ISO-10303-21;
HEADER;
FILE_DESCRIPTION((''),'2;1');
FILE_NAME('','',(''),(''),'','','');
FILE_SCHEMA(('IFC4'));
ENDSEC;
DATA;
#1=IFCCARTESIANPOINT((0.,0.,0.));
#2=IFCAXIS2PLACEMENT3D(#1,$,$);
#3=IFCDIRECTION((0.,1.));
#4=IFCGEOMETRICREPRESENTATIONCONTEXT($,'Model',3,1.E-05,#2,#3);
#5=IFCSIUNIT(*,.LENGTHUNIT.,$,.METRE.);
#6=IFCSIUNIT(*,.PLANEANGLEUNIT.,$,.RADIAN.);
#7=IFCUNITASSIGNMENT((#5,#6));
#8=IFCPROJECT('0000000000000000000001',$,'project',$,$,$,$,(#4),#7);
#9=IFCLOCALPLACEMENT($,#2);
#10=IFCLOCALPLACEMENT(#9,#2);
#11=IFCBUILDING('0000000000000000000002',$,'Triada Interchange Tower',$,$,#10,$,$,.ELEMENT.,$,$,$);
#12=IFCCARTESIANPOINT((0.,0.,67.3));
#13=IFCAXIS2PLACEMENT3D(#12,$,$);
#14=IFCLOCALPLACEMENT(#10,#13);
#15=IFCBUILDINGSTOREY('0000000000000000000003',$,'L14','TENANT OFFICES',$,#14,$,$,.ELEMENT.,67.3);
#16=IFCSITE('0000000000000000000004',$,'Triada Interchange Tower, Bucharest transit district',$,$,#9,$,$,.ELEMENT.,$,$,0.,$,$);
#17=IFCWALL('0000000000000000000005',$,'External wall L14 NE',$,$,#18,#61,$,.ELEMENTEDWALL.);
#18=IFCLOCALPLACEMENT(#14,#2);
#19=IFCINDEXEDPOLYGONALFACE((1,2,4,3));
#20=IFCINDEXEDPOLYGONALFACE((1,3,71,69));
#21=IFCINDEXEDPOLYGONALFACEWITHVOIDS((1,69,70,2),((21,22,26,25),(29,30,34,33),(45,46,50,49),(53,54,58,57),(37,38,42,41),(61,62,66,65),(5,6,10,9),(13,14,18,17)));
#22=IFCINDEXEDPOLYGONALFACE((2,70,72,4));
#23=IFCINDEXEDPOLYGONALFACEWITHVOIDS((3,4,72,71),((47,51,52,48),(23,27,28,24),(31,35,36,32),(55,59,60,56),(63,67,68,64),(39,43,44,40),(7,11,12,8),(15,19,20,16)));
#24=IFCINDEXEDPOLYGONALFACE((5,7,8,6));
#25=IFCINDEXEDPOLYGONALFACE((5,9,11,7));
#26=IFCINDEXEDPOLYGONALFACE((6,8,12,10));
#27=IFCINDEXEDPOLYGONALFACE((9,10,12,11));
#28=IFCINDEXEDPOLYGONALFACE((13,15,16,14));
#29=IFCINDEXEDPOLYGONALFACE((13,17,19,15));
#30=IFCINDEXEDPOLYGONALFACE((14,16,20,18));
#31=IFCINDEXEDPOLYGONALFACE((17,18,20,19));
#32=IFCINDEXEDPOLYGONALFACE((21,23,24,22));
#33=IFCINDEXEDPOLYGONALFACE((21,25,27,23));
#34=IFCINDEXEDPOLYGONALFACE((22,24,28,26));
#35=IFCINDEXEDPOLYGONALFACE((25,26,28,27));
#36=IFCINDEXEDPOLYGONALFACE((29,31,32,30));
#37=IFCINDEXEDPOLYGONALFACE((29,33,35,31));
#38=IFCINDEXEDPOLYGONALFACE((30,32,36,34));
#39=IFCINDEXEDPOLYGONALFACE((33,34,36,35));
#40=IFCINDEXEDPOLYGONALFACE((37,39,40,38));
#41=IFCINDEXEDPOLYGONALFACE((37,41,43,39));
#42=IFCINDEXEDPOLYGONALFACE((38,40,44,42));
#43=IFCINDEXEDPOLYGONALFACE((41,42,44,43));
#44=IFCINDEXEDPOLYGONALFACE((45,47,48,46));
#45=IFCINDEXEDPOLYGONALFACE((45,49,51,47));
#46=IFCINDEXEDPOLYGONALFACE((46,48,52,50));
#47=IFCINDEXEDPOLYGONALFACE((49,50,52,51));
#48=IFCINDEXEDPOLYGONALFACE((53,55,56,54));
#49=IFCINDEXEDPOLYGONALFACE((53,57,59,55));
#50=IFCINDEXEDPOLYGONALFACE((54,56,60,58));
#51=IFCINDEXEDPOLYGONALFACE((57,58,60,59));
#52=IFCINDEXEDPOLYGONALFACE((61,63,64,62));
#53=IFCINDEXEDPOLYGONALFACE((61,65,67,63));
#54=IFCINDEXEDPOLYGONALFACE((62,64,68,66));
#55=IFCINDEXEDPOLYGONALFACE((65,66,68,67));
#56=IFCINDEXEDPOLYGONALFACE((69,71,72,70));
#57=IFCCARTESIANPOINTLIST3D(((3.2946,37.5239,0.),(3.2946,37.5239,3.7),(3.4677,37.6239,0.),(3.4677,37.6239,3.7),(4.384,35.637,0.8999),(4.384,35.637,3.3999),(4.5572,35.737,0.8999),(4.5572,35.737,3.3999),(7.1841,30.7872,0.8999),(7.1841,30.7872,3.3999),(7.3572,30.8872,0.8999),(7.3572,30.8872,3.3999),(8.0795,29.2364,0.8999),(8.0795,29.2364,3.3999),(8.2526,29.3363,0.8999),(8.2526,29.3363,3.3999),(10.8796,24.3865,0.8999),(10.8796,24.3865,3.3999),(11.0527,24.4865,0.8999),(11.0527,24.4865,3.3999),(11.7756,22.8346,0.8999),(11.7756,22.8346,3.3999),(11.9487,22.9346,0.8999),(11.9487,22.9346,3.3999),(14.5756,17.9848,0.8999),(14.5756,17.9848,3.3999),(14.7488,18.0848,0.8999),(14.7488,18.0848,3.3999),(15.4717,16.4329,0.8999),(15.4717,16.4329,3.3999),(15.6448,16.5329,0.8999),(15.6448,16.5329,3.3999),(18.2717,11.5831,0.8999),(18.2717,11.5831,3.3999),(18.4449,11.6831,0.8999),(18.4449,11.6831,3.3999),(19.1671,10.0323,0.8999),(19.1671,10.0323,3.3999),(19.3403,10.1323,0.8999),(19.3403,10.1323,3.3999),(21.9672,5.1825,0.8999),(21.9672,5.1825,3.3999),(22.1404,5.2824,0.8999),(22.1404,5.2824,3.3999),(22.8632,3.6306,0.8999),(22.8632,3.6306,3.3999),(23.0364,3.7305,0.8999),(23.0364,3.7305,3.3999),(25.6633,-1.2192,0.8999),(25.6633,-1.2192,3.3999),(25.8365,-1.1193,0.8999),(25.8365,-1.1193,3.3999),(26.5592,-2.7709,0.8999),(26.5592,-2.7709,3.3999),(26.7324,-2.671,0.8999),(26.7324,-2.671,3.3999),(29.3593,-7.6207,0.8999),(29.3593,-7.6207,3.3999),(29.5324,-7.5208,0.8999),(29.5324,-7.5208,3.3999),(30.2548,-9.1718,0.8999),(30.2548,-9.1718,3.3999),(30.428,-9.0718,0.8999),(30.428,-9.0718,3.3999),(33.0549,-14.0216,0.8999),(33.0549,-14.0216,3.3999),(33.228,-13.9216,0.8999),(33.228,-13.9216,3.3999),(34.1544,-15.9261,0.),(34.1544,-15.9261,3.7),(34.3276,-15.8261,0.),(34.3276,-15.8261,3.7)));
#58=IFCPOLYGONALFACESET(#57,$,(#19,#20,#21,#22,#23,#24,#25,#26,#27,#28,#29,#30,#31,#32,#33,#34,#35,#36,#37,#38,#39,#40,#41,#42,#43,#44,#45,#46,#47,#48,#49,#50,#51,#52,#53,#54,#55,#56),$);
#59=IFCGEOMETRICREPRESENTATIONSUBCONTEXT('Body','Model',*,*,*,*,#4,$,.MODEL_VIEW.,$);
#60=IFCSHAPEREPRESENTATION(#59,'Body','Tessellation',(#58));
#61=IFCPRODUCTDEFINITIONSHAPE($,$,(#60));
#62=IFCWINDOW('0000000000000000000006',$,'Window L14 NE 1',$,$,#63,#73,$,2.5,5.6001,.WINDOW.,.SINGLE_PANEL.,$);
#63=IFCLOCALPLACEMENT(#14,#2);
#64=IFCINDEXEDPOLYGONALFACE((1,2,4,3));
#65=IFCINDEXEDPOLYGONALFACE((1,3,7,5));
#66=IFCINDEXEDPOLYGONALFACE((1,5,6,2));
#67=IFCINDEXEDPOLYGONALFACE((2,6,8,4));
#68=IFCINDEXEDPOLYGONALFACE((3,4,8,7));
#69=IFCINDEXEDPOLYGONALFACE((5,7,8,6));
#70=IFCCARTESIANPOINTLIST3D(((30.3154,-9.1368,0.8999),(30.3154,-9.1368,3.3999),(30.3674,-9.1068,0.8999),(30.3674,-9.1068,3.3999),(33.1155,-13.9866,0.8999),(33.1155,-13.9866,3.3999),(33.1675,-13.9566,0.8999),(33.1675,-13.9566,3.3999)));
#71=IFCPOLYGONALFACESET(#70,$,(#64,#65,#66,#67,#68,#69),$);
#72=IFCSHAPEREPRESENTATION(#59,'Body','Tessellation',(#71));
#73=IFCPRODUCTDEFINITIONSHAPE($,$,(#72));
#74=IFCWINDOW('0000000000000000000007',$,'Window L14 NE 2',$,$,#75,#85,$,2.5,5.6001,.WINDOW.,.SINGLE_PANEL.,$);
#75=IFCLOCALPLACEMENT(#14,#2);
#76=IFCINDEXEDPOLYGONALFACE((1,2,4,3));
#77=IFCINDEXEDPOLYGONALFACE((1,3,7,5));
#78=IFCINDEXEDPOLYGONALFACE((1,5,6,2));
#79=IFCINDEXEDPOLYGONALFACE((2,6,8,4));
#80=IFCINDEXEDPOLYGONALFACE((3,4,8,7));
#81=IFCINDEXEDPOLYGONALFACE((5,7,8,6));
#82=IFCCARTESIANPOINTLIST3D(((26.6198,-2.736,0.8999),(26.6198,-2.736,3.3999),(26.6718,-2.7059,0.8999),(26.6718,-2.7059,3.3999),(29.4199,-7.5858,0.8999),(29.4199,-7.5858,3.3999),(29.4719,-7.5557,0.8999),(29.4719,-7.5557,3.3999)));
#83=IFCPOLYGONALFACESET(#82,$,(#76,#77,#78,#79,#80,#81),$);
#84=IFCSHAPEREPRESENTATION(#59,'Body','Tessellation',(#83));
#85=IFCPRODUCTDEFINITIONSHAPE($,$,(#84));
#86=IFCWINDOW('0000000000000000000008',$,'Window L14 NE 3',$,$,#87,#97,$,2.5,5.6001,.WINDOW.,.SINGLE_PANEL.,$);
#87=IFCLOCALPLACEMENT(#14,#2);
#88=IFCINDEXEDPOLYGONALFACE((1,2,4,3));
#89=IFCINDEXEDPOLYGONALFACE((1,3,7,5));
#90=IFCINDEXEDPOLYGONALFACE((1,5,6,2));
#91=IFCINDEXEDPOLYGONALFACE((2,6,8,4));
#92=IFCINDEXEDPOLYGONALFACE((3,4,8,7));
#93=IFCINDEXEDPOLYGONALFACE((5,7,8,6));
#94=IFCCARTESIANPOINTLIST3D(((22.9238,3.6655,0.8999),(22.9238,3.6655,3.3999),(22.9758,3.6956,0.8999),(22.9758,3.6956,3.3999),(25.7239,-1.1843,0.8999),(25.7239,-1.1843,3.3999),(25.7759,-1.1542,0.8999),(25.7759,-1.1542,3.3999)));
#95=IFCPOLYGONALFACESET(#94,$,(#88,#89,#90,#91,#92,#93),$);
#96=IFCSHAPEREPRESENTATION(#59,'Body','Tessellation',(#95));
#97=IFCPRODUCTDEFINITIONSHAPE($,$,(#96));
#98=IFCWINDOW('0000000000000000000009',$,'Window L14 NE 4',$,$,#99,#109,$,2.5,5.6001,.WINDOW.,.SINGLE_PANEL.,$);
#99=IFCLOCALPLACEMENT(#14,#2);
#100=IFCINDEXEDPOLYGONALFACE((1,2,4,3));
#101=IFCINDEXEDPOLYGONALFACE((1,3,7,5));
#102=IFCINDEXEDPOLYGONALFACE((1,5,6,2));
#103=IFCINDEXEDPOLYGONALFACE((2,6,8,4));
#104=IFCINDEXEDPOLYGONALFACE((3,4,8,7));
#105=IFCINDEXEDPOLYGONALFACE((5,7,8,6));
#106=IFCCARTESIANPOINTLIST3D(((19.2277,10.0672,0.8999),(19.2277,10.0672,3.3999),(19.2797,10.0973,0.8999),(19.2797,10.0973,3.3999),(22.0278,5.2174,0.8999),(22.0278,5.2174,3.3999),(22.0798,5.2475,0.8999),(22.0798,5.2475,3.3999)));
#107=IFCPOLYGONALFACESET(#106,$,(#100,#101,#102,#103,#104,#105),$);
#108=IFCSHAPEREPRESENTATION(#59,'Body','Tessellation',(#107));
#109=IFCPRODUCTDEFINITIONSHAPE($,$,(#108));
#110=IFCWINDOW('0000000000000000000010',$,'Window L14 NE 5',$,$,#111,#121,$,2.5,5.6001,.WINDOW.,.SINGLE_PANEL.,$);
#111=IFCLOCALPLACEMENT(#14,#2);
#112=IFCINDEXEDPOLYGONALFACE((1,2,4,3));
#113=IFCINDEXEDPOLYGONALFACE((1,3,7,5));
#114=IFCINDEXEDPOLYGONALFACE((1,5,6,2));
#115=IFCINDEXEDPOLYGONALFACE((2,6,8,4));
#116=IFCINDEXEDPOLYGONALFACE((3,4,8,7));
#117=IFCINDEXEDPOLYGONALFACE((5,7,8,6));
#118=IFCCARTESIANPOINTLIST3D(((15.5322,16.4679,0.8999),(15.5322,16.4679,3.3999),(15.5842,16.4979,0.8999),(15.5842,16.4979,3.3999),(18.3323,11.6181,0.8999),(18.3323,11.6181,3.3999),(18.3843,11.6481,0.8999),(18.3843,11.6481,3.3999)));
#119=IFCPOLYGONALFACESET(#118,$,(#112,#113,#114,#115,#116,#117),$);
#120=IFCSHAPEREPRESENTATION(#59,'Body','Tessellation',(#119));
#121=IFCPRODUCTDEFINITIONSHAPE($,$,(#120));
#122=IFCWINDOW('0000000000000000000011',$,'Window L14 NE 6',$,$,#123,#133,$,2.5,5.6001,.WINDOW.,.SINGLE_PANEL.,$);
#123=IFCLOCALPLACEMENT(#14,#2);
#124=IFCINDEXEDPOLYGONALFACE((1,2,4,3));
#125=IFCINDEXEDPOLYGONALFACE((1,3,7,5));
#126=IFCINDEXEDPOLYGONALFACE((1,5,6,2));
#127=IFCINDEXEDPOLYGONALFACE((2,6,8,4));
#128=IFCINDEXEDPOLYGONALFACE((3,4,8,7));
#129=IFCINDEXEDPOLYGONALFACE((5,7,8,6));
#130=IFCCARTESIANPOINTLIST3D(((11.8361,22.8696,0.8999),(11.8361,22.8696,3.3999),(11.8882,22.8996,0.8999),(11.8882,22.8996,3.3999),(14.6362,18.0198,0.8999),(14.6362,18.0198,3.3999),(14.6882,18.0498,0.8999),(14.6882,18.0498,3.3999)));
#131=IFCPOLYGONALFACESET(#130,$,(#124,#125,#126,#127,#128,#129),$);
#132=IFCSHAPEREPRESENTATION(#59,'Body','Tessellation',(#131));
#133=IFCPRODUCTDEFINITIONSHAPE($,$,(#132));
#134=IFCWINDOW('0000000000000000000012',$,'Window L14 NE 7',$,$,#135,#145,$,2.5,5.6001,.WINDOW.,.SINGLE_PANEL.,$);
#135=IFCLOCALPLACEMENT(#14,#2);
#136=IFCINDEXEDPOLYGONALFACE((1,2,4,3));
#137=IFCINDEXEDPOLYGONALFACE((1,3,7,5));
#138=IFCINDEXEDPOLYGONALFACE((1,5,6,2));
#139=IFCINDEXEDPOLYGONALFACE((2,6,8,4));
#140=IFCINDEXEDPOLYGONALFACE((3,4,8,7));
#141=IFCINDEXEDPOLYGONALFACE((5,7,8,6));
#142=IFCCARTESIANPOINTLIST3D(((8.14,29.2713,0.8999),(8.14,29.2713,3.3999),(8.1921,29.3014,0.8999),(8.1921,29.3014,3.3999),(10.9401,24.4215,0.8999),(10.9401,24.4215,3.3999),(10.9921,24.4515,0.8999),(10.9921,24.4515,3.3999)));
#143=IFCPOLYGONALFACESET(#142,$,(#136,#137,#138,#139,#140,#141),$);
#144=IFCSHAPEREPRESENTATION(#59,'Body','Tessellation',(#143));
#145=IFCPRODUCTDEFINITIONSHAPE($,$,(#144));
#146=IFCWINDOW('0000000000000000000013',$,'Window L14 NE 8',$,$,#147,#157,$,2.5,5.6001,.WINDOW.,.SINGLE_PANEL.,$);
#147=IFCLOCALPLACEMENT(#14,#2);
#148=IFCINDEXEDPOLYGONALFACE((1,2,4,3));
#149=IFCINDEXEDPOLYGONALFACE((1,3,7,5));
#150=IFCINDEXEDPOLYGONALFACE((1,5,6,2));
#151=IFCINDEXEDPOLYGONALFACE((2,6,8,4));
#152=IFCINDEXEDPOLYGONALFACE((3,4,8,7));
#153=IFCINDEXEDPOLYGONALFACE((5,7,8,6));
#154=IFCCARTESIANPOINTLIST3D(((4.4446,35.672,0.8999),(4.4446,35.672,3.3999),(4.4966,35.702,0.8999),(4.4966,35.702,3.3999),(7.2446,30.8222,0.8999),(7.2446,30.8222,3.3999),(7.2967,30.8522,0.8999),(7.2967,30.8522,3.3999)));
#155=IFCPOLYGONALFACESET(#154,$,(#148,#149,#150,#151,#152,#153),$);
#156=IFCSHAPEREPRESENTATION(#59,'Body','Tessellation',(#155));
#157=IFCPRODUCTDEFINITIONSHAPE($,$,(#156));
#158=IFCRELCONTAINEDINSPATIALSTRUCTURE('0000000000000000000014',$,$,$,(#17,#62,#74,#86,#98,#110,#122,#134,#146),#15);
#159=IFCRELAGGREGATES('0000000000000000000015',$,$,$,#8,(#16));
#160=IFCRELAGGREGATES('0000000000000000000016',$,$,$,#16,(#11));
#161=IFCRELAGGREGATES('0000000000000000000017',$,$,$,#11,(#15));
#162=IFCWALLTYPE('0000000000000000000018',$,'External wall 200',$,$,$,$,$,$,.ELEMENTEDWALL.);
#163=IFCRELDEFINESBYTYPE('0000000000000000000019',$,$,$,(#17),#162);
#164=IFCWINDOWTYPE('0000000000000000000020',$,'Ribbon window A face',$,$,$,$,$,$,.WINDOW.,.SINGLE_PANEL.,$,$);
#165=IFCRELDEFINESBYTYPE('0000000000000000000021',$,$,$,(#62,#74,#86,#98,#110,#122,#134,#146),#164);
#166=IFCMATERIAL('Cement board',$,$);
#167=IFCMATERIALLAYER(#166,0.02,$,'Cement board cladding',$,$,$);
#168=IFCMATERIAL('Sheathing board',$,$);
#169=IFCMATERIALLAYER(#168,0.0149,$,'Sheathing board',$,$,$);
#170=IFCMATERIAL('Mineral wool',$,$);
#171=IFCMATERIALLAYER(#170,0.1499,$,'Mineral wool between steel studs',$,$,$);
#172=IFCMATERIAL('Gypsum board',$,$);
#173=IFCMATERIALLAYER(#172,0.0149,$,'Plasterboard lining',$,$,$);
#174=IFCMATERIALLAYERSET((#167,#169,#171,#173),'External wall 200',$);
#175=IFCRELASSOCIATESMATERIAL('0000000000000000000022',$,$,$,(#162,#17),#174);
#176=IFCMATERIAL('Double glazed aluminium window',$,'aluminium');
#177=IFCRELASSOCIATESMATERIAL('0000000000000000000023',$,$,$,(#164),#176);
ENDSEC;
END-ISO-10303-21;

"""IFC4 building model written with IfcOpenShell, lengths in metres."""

from ifc_helpers import new_model, si_unit, direction, frame, frame_2d, origin, place, context, subcontext, project, spatial, rectangle, extrude, material, layer, layer_set, layer_usage, type_object, element, fill, save


model = new_model("IFC4")

# Units and contexts
model_context = context("Model", 3, precision=1e-05, world=origin(), true_north=direction((0.0, 1.0)))
body_context = subcontext(model_context, "Body", "Model", "MODEL_VIEW")
ifc_project = project(units=[si_unit("LENGTHUNIT", "METRE"), si_unit("PLANEANGLEUNIT", "RADIAN")], contexts=[model_context])

# Site, building, storey
site_placement = place(None, origin())
site = spatial("IfcSite", under=ifc_project, at=site_placement, Name="Triada Interchange Tower, Bucharest transit district", CompositionType="ELEMENT", RefElevation=0.0)
building_placement = place(site_placement, origin())
building = spatial("IfcBuilding", under=site, at=building_placement, Name="Triada Interchange Tower", CompositionType="ELEMENT")
storey_placement = place(building_placement, frame((0.0, 0.0, 67.3)))
storey = spatial("IfcBuildingStorey", under=building, at=storey_placement, Name="L14", Description="TENANT OFFICES", CompositionType="ELEMENT", Elevation=67.3)

# Shared definitions
ifc_material_1 = material(Name="Cement board")
ifc_layer_1 = layer(ifc_material_1, 0.02, Name="Cement board cladding")
ifc_material_2 = material(Name="Sheathing board")
ifc_layer_2 = layer(ifc_material_2, 0.0149, Name="Sheathing board")
ifc_material_3 = material(Name="Mineral wool")
ifc_layer_3 = layer(ifc_material_3, 0.1499, Name="Mineral wool between steel studs")
ifc_material_4 = material(Name="Gypsum board")
ifc_layer_4 = layer(ifc_material_4, 0.0149, Name="Plasterboard lining")
ifc_layer_set_1 = layer_set([ifc_layer_1, ifc_layer_2, ifc_layer_3, ifc_layer_4], Name="External wall 200")
ifc_layer_usage = layer_usage(ifc_layer_set_1, "AXIS2", "POSITIVE", -0.1001)
wall_type = type_object("IfcWallType", Name="External wall 200", PredefinedType="ELEMENTEDWALL", material=ifc_layer_set_1)
ifc_material_5 = material(Name="Double glazed aluminium window", Category="aluminium")

# Wall, openings, windows
wall_1_placement = place(storey_placement, frame((34.241, -15.876, 0.0), z_axis=(0.0, 0.0, 1.0), x_axis=(-0.500006, 0.866022, 0.0)))
wall_1 = element("IfcWall", 1, at=wall_1_placement, inside=storey, type_object=wall_type, material=ifc_layer_usage, Name="External wall L14 NE", PredefinedType="ELEMENTEDWALL", context=body_context, shape_type="SweptSolid", body=[
    extrude(rectangle(XDim=61.719, YDim=0.2, at=frame_2d((30.8594, 0.0))), origin(), (0.0, 0.0, 1.0), 3.7),
])
opening_1_placement = place(wall_1_placement, frame((2.199, 0.0, 0.8999)))
opening_1 = element("IfcOpeningElement", 2, at=opening_1_placement, cuts=wall_1, PredefinedType="OPENING", context=body_context, shape_type="SweptSolid", body=[
    extrude(rectangle(XDim=5.6001, YDim=2.5, at=frame_2d((2.8, 1.25))), frame((0.0, 0.1099, 0.0), z_axis=(0.0, -1.0, 0.0), x_axis=(1.0, 0.0, 0.0)), (0.0, 0.0, 1.0), 0.22),
])
opening_2_placement = place(wall_1_placement, frame((9.5901, 0.0, 0.8999)))
opening_2 = element("IfcOpeningElement", 3, at=opening_2_placement, cuts=wall_1, PredefinedType="OPENING", context=body_context, shape_type="SweptSolid", body=[
    extrude(rectangle(XDim=5.6001, YDim=2.5, at=frame_2d((2.8, 1.25))), frame((0.0, 0.1099, 0.0), z_axis=(0.0, -1.0, 0.0), x_axis=(1.0, 0.0, 0.0)), (0.0, 0.0, 1.0), 0.22),
])
opening_3_placement = place(wall_1_placement, frame((16.9819, 0.0, 0.8999)))
opening_3 = element("IfcOpeningElement", 4, at=opening_3_placement, cuts=wall_1, PredefinedType="OPENING", context=body_context, shape_type="SweptSolid", body=[
    extrude(rectangle(XDim=5.6001, YDim=2.5, at=frame_2d((2.8, 1.25))), frame((0.0, 0.1099, 0.0), z_axis=(0.0, -1.0, 0.0), x_axis=(1.0, 0.0, 0.0)), (0.0, 0.0, 1.0), 0.22),
])
opening_4_placement = place(wall_1_placement, frame((24.374, 0.0, 0.8999)))
opening_4 = element("IfcOpeningElement", 5, at=opening_4_placement, cuts=wall_1, PredefinedType="OPENING", context=body_context, shape_type="SweptSolid", body=[
    extrude(rectangle(XDim=5.6001, YDim=2.5, at=frame_2d((2.8, 1.25))), frame((0.0, 0.1099, 0.0), z_axis=(0.0, -1.0, 0.0), x_axis=(1.0, 0.0, 0.0)), (0.0, 0.0, 1.0), 0.22),
])
opening_5_placement = place(wall_1_placement, frame((31.7649, 0.0, 0.8999)))
opening_5 = element("IfcOpeningElement", 6, at=opening_5_placement, cuts=wall_1, PredefinedType="OPENING", context=body_context, shape_type="SweptSolid", body=[
    extrude(rectangle(XDim=5.6001, YDim=2.5, at=frame_2d((2.8, 1.25))), frame((0.0, 0.1099, 0.0), z_axis=(0.0, -1.0, 0.0), x_axis=(1.0, 0.0, 0.0)), (0.0, 0.0, 1.0), 0.22),
])
opening_6_placement = place(wall_1_placement, frame((39.157, 0.0, 0.8999)))
opening_6 = element("IfcOpeningElement", 7, at=opening_6_placement, cuts=wall_1, PredefinedType="OPENING", context=body_context, shape_type="SweptSolid", body=[
    extrude(rectangle(XDim=5.6001, YDim=2.5, at=frame_2d((2.8, 1.25))), frame((0.0, 0.1099, 0.0), z_axis=(0.0, -1.0, 0.0), x_axis=(1.0, 0.0, 0.0)), (0.0, 0.0, 1.0), 0.22),
])
opening_7_placement = place(wall_1_placement, frame((46.5491, 0.0, 0.8999)))
opening_7 = element("IfcOpeningElement", 8, at=opening_7_placement, cuts=wall_1, PredefinedType="OPENING", context=body_context, shape_type="SweptSolid", body=[
    extrude(rectangle(XDim=5.6001, YDim=2.5, at=frame_2d((2.8, 1.25))), frame((0.0, 0.1099, 0.0), z_axis=(0.0, -1.0, 0.0), x_axis=(1.0, 0.0, 0.0)), (0.0, 0.0, 1.0), 0.22),
])
opening_8_placement = place(wall_1_placement, frame((53.9399, 0.0, 0.8999)))
opening_8 = element("IfcOpeningElement", 9, at=opening_8_placement, cuts=wall_1, PredefinedType="OPENING", context=body_context, shape_type="SweptSolid", body=[
    extrude(rectangle(XDim=5.6001, YDim=2.5, at=frame_2d((2.8, 1.25))), frame((0.0, 0.1099, 0.0), z_axis=(0.0, -1.0, 0.0), x_axis=(1.0, 0.0, 0.0)), (0.0, 0.0, 1.0), 0.22),
])
window_type_1 = type_object("IfcWindowType", Name="Ribbon window A face", PartitioningType="SINGLE_PANEL", PredefinedType="WINDOW", material=ifc_material_5)
window_1_placement = place(opening_1_placement, origin())
window_1 = element("IfcWindow", 10, at=window_1_placement, inside=storey, type_object=window_type_1, Name="Window L14 NE 1", OverallHeight=2.5, OverallWidth=5.6001, PartitioningType="SINGLE_PANEL", PredefinedType="WINDOW", context=body_context, shape_type="SweptSolid", body=[
    extrude(rectangle(XDim=5.6001, YDim=2.5, at=frame_2d((2.8, 1.25))), frame((0.0, 0.03, 0.0), z_axis=(0.0, -1.0, 0.0), x_axis=(1.0, 0.0, 0.0)), (0.0, 0.0, 1.0), 0.0601),
])
fill(opening_1, window_1)
window_2_placement = place(opening_2_placement, origin())
window_2 = element("IfcWindow", 11, at=window_2_placement, inside=storey, type_object=window_type_1, Name="Window L14 NE 2", OverallHeight=2.5, OverallWidth=5.6001, PartitioningType="SINGLE_PANEL", PredefinedType="WINDOW", context=body_context, shape_type="SweptSolid", body=[
    extrude(rectangle(XDim=5.6001, YDim=2.5, at=frame_2d((2.8, 1.25))), frame((0.0, 0.03, 0.0), z_axis=(0.0, -1.0, 0.0), x_axis=(1.0, 0.0, 0.0)), (0.0, 0.0, 1.0), 0.0601),
])
fill(opening_2, window_2)
window_3_placement = place(opening_3_placement, origin())
window_3 = element("IfcWindow", 12, at=window_3_placement, inside=storey, type_object=window_type_1, Name="Window L14 NE 3", OverallHeight=2.5, OverallWidth=5.6001, PartitioningType="SINGLE_PANEL", PredefinedType="WINDOW", context=body_context, shape_type="SweptSolid", body=[
    extrude(rectangle(XDim=5.6001, YDim=2.5, at=frame_2d((2.8, 1.25))), frame((0.0, 0.03, 0.0), z_axis=(0.0, -1.0, 0.0), x_axis=(1.0, 0.0, 0.0)), (0.0, 0.0, 1.0), 0.0601),
])
fill(opening_3, window_3)
window_4_placement = place(opening_4_placement, origin())
window_4 = element("IfcWindow", 13, at=window_4_placement, inside=storey, type_object=window_type_1, Name="Window L14 NE 4", OverallHeight=2.5, OverallWidth=5.6001, PartitioningType="SINGLE_PANEL", PredefinedType="WINDOW", context=body_context, shape_type="SweptSolid", body=[
    extrude(rectangle(XDim=5.6001, YDim=2.5, at=frame_2d((2.8, 1.25))), frame((0.0, 0.03, 0.0), z_axis=(0.0, -1.0, 0.0), x_axis=(1.0, 0.0, 0.0)), (0.0, 0.0, 1.0), 0.0601),
])
fill(opening_4, window_4)
window_5_placement = place(opening_5_placement, origin())
window_5 = element("IfcWindow", 14, at=window_5_placement, inside=storey, type_object=window_type_1, Name="Window L14 NE 5", OverallHeight=2.5, OverallWidth=5.6001, PartitioningType="SINGLE_PANEL", PredefinedType="WINDOW", context=body_context, shape_type="SweptSolid", body=[
    extrude(rectangle(XDim=5.6001, YDim=2.5, at=frame_2d((2.8, 1.25))), frame((0.0, 0.03, 0.0), z_axis=(0.0, -1.0, 0.0), x_axis=(1.0, 0.0, 0.0)), (0.0, 0.0, 1.0), 0.0601),
])
fill(opening_5, window_5)
window_6_placement = place(opening_6_placement, origin())
window_6 = element("IfcWindow", 15, at=window_6_placement, inside=storey, type_object=window_type_1, Name="Window L14 NE 6", OverallHeight=2.5, OverallWidth=5.6001, PartitioningType="SINGLE_PANEL", PredefinedType="WINDOW", context=body_context, shape_type="SweptSolid", body=[
    extrude(rectangle(XDim=5.6001, YDim=2.5, at=frame_2d((2.8, 1.25))), frame((0.0, 0.03, 0.0), z_axis=(0.0, -1.0, 0.0), x_axis=(1.0, 0.0, 0.0)), (0.0, 0.0, 1.0), 0.0601),
])
fill(opening_6, window_6)
window_7_placement = place(opening_7_placement, origin())
window_7 = element("IfcWindow", 16, at=window_7_placement, inside=storey, type_object=window_type_1, Name="Window L14 NE 7", OverallHeight=2.5, OverallWidth=5.6001, PartitioningType="SINGLE_PANEL", PredefinedType="WINDOW", context=body_context, shape_type="SweptSolid", body=[
    extrude(rectangle(XDim=5.6001, YDim=2.5, at=frame_2d((2.8, 1.25))), frame((0.0, 0.03, 0.0), z_axis=(0.0, -1.0, 0.0), x_axis=(1.0, 0.0, 0.0)), (0.0, 0.0, 1.0), 0.0601),
])
fill(opening_7, window_7)
window_8_placement = place(opening_8_placement, origin())
window_8 = element("IfcWindow", 17, at=window_8_placement, inside=storey, type_object=window_type_1, Name="Window L14 NE 8", OverallHeight=2.5, OverallWidth=5.6001, PartitioningType="SINGLE_PANEL", PredefinedType="WINDOW", context=body_context, shape_type="SweptSolid", body=[
    extrude(rectangle(XDim=5.6001, YDim=2.5, at=frame_2d((2.8, 1.25))), frame((0.0, 0.03, 0.0), z_axis=(0.0, -1.0, 0.0), x_axis=(1.0, 0.0, 0.0)), (0.0, 0.0, 1.0), 0.0601),
])
fill(opening_8, window_8)

save(model, "model.ifc")
